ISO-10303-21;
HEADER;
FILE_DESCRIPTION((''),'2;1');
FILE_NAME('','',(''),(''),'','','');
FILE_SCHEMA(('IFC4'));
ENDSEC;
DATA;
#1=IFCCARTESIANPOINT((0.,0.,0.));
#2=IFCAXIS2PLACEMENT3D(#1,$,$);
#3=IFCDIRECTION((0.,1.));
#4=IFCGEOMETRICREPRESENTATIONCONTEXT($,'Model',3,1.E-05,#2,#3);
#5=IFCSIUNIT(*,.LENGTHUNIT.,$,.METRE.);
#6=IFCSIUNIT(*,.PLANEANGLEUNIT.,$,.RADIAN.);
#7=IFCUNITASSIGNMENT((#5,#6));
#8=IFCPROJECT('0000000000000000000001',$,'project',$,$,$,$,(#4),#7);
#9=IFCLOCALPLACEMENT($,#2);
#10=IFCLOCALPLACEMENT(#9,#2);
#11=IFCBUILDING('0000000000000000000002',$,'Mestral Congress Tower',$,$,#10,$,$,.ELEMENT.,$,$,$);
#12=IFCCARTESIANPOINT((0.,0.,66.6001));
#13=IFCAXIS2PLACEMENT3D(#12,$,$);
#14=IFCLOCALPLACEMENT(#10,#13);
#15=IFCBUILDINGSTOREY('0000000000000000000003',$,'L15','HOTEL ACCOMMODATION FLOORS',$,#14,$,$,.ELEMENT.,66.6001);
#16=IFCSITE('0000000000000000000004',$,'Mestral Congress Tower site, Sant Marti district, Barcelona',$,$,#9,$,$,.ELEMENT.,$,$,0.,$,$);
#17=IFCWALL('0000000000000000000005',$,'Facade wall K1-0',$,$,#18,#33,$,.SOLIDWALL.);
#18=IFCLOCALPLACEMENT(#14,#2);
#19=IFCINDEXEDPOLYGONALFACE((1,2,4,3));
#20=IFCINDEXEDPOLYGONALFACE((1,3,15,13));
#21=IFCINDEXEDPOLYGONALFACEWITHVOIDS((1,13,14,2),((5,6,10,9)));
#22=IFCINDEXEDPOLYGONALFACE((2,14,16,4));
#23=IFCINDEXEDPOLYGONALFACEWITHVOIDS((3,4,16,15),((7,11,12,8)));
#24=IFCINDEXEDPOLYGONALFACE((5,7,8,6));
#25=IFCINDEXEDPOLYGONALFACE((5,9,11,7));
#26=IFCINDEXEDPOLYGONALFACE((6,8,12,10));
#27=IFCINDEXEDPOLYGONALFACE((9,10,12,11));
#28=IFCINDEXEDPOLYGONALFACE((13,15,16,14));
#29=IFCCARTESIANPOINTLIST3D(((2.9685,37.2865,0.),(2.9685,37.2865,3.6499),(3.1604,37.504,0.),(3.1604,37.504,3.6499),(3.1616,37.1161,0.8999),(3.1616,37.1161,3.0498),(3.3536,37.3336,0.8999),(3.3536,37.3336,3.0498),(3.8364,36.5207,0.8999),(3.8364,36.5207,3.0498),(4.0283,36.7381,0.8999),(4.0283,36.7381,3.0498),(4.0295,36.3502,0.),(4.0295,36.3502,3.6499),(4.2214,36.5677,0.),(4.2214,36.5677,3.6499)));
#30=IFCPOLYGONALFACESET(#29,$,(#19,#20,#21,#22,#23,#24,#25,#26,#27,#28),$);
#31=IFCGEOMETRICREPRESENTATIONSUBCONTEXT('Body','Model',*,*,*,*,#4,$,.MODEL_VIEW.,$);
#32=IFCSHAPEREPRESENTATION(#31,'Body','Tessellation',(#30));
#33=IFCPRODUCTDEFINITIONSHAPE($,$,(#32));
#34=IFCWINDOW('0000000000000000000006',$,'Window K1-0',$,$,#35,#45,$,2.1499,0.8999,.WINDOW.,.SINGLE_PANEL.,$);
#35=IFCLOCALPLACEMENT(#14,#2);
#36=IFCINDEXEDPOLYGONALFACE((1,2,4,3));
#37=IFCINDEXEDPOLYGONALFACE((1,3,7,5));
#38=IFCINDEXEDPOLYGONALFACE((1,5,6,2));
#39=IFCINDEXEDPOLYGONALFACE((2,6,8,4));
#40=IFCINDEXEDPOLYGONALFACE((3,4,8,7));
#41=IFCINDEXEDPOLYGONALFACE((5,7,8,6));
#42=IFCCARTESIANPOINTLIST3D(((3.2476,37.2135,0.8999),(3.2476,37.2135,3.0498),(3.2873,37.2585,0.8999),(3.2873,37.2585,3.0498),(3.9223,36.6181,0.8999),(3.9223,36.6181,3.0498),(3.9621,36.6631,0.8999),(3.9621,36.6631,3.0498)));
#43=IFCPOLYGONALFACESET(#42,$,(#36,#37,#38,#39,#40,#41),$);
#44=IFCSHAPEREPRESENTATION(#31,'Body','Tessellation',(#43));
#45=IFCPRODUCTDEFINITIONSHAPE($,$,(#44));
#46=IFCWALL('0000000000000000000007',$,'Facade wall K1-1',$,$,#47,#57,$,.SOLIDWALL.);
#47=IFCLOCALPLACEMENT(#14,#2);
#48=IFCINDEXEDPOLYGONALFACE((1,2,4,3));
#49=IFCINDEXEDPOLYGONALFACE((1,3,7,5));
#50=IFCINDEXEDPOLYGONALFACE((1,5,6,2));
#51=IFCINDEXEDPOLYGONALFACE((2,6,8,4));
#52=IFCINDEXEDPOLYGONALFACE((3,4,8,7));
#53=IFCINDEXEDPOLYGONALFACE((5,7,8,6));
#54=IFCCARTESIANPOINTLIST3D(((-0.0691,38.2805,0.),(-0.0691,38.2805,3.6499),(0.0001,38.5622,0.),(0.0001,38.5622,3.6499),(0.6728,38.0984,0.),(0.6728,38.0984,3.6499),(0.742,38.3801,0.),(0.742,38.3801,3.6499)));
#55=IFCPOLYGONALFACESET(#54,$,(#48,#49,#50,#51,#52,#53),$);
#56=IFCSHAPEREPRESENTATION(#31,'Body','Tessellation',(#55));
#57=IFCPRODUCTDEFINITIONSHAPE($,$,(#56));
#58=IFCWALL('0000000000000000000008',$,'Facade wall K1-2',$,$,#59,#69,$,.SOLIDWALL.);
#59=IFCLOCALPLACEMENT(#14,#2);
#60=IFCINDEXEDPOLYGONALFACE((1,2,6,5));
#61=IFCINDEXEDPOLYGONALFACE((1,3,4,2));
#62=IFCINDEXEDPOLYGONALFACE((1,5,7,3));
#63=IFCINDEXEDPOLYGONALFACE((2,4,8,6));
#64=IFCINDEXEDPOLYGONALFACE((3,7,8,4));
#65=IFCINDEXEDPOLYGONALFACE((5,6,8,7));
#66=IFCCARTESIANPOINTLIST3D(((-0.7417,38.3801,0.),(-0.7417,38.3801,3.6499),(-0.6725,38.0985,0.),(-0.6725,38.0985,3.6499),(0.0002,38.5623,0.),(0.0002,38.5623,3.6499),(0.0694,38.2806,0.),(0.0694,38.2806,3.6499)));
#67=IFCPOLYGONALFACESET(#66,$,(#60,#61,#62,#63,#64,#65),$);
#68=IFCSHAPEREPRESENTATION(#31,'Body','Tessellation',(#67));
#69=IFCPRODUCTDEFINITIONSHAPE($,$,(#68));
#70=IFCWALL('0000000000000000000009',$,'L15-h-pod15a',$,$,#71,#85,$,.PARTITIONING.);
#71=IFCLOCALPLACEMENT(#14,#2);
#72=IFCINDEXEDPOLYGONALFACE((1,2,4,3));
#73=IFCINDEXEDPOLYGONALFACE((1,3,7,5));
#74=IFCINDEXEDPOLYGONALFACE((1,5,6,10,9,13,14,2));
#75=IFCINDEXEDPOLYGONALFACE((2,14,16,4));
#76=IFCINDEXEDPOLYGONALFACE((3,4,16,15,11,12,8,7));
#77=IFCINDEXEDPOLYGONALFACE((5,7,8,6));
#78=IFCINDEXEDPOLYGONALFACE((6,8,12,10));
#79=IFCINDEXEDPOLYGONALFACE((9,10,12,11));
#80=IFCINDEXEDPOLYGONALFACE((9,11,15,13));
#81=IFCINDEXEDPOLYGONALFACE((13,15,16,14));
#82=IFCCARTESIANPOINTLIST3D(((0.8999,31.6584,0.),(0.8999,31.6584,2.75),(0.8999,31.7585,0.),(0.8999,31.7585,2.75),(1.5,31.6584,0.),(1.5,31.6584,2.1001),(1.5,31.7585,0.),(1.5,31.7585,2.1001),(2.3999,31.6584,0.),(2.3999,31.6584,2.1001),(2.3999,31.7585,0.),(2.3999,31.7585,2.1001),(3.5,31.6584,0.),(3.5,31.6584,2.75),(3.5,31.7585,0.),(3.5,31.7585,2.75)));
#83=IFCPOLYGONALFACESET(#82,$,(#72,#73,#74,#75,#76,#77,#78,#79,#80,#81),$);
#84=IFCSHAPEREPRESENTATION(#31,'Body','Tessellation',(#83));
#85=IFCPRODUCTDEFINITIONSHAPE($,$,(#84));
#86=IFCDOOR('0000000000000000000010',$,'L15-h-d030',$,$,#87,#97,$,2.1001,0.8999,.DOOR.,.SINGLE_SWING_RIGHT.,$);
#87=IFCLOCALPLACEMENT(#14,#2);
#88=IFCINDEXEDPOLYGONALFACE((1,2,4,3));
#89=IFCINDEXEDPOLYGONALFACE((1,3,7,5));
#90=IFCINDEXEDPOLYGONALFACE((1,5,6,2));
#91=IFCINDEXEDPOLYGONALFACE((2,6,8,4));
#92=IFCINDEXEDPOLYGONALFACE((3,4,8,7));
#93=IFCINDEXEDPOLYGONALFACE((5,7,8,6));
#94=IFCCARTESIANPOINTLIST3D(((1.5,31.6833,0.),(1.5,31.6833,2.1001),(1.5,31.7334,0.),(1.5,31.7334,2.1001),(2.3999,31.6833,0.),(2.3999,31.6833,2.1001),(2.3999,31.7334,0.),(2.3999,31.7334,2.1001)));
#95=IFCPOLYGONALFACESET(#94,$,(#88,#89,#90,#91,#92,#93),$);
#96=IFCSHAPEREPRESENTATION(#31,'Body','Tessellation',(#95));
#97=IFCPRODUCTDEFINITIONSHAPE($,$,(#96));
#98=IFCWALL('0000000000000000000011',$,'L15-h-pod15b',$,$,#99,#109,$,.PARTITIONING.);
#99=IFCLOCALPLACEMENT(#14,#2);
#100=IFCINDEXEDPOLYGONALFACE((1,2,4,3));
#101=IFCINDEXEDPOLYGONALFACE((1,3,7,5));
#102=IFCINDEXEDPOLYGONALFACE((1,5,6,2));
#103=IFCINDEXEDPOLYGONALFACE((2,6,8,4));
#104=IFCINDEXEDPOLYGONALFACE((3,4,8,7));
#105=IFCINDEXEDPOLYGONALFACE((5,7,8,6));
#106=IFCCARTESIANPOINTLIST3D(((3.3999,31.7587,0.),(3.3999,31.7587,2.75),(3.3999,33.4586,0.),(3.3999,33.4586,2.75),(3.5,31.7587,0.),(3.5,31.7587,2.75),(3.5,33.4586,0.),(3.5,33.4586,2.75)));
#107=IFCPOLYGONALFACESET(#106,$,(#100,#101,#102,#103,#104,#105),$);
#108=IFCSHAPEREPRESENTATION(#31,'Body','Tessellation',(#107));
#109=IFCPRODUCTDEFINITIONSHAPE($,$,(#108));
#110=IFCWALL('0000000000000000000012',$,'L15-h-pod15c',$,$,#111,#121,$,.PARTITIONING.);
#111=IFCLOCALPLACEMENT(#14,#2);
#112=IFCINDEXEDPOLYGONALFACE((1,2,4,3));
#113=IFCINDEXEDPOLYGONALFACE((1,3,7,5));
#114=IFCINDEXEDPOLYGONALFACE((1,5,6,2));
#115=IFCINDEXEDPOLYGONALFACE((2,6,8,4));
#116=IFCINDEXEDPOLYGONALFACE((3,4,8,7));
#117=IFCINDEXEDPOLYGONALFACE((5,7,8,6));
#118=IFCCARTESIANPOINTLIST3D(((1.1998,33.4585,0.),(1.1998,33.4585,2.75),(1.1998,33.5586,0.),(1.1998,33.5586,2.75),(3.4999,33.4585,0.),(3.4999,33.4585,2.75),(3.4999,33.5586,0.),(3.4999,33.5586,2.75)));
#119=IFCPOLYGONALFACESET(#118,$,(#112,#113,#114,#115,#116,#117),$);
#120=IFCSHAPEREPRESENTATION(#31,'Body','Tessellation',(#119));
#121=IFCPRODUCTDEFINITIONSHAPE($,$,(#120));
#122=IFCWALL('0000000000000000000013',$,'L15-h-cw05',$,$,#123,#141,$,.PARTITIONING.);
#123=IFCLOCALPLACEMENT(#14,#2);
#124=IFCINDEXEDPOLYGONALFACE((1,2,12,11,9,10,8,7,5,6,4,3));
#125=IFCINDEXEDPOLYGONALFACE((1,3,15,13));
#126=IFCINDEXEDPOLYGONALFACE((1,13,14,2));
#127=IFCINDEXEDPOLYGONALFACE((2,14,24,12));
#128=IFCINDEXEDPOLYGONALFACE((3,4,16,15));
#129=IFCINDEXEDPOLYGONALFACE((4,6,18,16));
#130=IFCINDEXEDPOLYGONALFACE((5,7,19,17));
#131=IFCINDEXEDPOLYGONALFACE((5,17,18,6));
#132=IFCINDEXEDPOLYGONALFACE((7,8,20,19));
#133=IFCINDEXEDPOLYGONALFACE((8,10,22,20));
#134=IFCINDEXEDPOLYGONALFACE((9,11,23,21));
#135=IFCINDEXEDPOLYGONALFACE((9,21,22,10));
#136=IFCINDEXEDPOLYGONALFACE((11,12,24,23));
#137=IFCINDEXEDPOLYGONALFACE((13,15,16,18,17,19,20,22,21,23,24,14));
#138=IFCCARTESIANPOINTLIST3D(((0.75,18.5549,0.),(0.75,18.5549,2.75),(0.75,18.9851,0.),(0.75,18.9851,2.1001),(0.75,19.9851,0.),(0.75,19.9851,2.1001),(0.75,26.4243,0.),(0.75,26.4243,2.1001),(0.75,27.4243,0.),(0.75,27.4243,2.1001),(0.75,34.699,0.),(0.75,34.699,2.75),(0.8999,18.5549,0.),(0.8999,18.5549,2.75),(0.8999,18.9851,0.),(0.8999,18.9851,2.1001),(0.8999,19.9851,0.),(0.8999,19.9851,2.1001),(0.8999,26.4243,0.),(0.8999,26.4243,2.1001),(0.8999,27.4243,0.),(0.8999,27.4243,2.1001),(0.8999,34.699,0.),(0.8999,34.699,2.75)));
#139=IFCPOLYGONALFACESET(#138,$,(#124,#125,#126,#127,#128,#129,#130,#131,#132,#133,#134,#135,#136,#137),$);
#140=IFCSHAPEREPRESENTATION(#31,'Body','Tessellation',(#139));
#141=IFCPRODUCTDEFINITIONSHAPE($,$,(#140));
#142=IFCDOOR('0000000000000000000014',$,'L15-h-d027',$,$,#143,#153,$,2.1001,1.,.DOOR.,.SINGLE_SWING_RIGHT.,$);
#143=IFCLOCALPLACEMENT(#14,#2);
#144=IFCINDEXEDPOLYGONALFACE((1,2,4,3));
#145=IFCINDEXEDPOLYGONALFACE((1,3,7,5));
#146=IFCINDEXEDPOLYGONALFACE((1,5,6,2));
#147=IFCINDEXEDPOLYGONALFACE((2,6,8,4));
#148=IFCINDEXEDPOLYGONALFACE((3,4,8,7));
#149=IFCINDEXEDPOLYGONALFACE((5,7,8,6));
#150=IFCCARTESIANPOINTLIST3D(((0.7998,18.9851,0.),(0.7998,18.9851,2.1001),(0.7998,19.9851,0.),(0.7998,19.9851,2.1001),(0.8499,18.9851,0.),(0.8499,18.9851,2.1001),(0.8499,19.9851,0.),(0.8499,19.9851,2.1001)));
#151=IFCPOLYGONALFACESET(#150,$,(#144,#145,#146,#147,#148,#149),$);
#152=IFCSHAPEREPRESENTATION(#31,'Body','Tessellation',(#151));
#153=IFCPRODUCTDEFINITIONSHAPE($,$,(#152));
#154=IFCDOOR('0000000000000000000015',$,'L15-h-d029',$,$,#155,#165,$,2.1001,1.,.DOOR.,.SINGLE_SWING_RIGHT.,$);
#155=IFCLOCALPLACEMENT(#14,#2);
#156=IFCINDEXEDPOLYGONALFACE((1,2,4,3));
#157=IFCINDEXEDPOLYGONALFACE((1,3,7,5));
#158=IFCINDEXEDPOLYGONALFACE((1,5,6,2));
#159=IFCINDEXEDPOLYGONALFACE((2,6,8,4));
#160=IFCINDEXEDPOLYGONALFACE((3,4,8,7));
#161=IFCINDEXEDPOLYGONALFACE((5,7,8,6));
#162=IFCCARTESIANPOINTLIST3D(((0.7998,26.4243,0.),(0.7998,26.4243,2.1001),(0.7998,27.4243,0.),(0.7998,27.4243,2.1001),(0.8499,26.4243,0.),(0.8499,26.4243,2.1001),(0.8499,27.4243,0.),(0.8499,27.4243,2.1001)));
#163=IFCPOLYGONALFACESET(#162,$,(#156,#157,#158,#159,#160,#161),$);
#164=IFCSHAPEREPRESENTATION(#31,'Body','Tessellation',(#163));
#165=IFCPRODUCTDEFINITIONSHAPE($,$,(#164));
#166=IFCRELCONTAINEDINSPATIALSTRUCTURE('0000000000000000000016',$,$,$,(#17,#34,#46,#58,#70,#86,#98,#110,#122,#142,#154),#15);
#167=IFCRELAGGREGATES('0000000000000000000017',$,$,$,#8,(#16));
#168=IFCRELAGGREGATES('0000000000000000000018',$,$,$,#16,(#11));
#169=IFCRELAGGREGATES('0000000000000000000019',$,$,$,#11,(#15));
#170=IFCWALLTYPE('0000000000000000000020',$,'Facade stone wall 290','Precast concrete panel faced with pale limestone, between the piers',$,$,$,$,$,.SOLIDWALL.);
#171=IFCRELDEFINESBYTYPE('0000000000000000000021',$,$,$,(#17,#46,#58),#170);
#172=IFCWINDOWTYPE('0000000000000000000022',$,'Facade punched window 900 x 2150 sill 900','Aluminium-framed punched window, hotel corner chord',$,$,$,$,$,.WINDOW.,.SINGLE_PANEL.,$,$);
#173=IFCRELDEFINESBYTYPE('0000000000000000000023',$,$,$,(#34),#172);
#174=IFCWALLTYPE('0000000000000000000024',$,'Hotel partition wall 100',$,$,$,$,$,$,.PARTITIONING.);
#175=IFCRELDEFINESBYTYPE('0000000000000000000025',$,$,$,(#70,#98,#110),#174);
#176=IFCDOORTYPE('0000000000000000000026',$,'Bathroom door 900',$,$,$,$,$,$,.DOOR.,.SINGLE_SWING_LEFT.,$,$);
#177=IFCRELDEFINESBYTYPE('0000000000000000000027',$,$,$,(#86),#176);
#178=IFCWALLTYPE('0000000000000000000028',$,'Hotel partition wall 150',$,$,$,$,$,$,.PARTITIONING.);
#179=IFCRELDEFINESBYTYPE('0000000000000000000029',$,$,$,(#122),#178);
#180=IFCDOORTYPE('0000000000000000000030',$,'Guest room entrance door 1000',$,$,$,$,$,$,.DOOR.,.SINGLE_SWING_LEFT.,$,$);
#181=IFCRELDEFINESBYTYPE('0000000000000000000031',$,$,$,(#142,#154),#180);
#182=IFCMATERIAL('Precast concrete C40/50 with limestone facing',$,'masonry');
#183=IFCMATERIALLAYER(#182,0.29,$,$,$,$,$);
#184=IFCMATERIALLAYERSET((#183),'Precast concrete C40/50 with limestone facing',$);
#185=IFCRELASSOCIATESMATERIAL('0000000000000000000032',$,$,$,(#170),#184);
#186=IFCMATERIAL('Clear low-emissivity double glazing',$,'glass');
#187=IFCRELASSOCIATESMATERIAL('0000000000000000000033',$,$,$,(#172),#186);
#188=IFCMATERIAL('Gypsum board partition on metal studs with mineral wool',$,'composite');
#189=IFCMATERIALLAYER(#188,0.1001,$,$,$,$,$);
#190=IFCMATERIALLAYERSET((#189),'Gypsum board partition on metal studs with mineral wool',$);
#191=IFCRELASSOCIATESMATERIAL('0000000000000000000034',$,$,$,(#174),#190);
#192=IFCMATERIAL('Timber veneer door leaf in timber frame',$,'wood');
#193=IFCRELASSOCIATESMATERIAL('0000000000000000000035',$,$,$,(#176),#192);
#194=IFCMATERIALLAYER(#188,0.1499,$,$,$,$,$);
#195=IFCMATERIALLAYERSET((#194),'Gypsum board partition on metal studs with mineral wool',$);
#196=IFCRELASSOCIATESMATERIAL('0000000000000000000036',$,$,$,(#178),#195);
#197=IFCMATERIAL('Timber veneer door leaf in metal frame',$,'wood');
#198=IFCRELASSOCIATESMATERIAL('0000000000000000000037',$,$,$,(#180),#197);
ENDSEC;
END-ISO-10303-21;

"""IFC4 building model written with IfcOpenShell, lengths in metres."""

from ifc_helpers import new_model, si_unit, direction, frame, frame_2d, origin, place, context, subcontext, project, spatial, rectangle, extrude, material, layer, layer_set, type_object, element, fill, save


model = new_model("IFC4")

# Units and contexts
model_context = context("Model", 3, precision=1e-05, world=origin(), true_north=direction((0.0, 1.0)))
body_context = subcontext(model_context, "Body", "Model", "MODEL_VIEW")
ifc_project = project(units=[si_unit("LENGTHUNIT", "METRE"), si_unit("PLANEANGLEUNIT", "RADIAN")], contexts=[model_context])

# Site, building, storey
site_placement = place(None, origin())
site = spatial("IfcSite", under=ifc_project, at=site_placement, Name="Mestral Congress Tower site, Sant Marti district, Barcelona", CompositionType="ELEMENT", RefElevation=0.0)
building_placement = place(site_placement, origin())
building = spatial("IfcBuilding", under=site, at=building_placement, Name="Mestral Congress Tower", CompositionType="ELEMENT")
storey_placement = place(building_placement, frame((0.0, 0.0, 66.6001)))
storey = spatial("IfcBuildingStorey", under=building, at=storey_placement, Name="L15", Description="HOTEL ACCOMMODATION FLOORS", CompositionType="ELEMENT", Elevation=66.6001)

# Wall, opening, window
ifc_material_1 = material(Name="Precast concrete C40/50 with limestone facing", Category="masonry")
ifc_layer_1 = layer(ifc_material_1, 0.29)
ifc_layer_set_1 = layer_set([ifc_layer_1], Name="Precast concrete C40/50 with limestone facing")
wall_type_1 = type_object("IfcWallType", Name="Facade stone wall 290", Description="Precast concrete panel faced with pale limestone, between the piers", PredefinedType="SOLIDWALL", material=ifc_layer_set_1)
wall_1_placement = place(storey_placement, frame((4.1255, 36.459, 0.0), z_axis=(0.0, 0.0, 1.0), x_axis=(-0.749813, 0.66165, 0.0)))
wall_1 = element("IfcWall", 1, at=wall_1_placement, inside=storey, type_object=wall_type_1, Name="Facade wall K1-0", PredefinedType="SOLIDWALL", context=body_context, shape_type="SweptSolid", body=[
    extrude(rectangle(XDim=1.415, YDim=0.29, at=frame_2d((0.7075, 0.0))), origin(), (0.0, 0.0, 1.0), 3.6499),
])
opening_1_placement = place(wall_1_placement, frame((0.2576, 0.0, 0.8999)))
opening_1 = element("IfcOpeningElement", 2, at=opening_1_placement, cuts=wall_1, PredefinedType="OPENING", context=body_context, shape_type="SweptSolid", body=[
    extrude(rectangle(XDim=0.8999, YDim=2.1499, at=frame_2d((0.45, 1.075))), frame((0.0, 0.155, 0.0), z_axis=(0.0, -1.0, 0.0), x_axis=(1.0, 0.0, 0.0)), (0.0, 0.0, 1.0), 0.3101),
])
ifc_material_2 = material(Name="Clear low-emissivity double glazing", Category="glass")
window_type = type_object("IfcWindowType", Name="Facade punched window 900 x 2150 sill 900", Description="Aluminium-framed punched window, hotel corner chord", PartitioningType="SINGLE_PANEL", PredefinedType="WINDOW", material=ifc_material_2)
window_placement = place(opening_1_placement, origin())
window = element("IfcWindow", 3, at=window_placement, inside=storey, type_object=window_type, Name="Window K1-0", OverallHeight=2.1499, OverallWidth=0.8999, PartitioningType="SINGLE_PANEL", PredefinedType="WINDOW", context=body_context, shape_type="SweptSolid", body=[
    extrude(rectangle(XDim=0.8999, YDim=2.1499, at=frame_2d((0.45, 1.075))), frame((0.0, 0.0151, 0.0), z_axis=(0.0, -1.0, 0.0), x_axis=(1.0, 0.0, 0.0)), (0.0, 0.0, 1.0), 0.0601),
])
fill(opening_1, window)

# Walls
for number, where, z_axis, x_axis, name in (
    (4, (0.7073, 38.2393, 0.0), (0.0, 0.0, 1.0), (-0.971168, 0.238398, 0.0), "Facade wall K1-1"),
    (5, (0.0347, 38.4214, 0.0), (0.0, 0.0, 1.0), (-0.971168, -0.238398, 0.0), "Facade wall K1-2"),
):
    element("IfcWall", number, at=place(storey_placement, frame(where, z_axis=z_axis, x_axis=x_axis)), inside=storey, type_object=wall_type_1, Name=name, PredefinedType="SOLIDWALL", context=body_context, shape_type="SweptSolid", body=[
        extrude(rectangle(XDim=0.7639, YDim=0.29, at=frame_2d((0.3818, 0.0))), origin(), (0.0, 0.0, 1.0), 3.6499),
    ])

# Wall, opening, door
ifc_material_3 = material(Name="Gypsum board partition on metal studs with mineral wool", Category="composite")
ifc_layer_2 = layer(ifc_material_3, 0.1001)
ifc_layer_set_2 = layer_set([ifc_layer_2], Name="Gypsum board partition on metal studs with mineral wool")
wall_type_2 = type_object("IfcWallType", Name="Hotel partition wall 100", PredefinedType="PARTITIONING", material=ifc_layer_set_2)
wall_2_placement = place(storey_placement, frame((0.8999, 31.7085, 0.0), z_axis=(0.0, 0.0, 1.0), x_axis=(1.0, 0.0, 0.0)))
wall_2 = element("IfcWall", 6, at=wall_2_placement, inside=storey, type_object=wall_type_2, Name="L15-h-pod15a", PredefinedType="PARTITIONING", context=body_context, shape_type="SweptSolid", body=[
    extrude(rectangle(XDim=2.6001, YDim=0.1001, at=frame_2d((1.3, 0.0))), origin(), (0.0, 0.0, 1.0), 2.75),
])
opening_2_placement = place(wall_2_placement, frame((0.6001, 0.0, 0.0)))
opening_2 = element("IfcOpeningElement", 7, at=opening_2_placement, cuts=wall_2, PredefinedType="OPENING", context=body_context, shape_type="SweptSolid", body=[
    extrude(rectangle(XDim=0.8999, YDim=2.1001, at=frame_2d((0.45, 1.05))), frame((0.0, 0.0601, 0.0), z_axis=(0.0, -1.0, 0.0), x_axis=(1.0, 0.0, 0.0)), (0.0, 0.0, 1.0), 0.1201),
])
ifc_material_4 = material(Name="Timber veneer door leaf in timber frame", Category="wood")
door_type_1 = type_object("IfcDoorType", Name="Bathroom door 900", OperationType="SINGLE_SWING_LEFT", PredefinedType="DOOR", material=ifc_material_4)
door_1_placement = place(opening_2_placement, origin())
door_1 = element("IfcDoor", 8, at=door_1_placement, inside=storey, type_object=door_type_1, Name="L15-h-d030", OperationType="SINGLE_SWING_RIGHT", OverallHeight=2.1001, OverallWidth=0.8999, PredefinedType="DOOR", context=body_context, shape_type="SweptSolid", body=[
    extrude(rectangle(XDim=0.8999, YDim=2.1001, at=frame_2d((0.45, 1.05))), frame((0.0, 0.0249, 0.0), z_axis=(0.0, -1.0, 0.0), x_axis=(1.0, 0.0, 0.0)), (0.0, 0.0, 1.0), 0.05),
])
fill(opening_2, door_1)

# Walls
wall_3_placement = place(storey_placement, frame((3.45, 31.7585, 0.0), z_axis=(0.0, 0.0, 1.0), x_axis=(0.0, 1.0, 0.0)))
element("IfcWall", 9, at=wall_3_placement, inside=storey, type_object=wall_type_2, Name="L15-h-pod15b", PredefinedType="PARTITIONING", context=body_context, shape_type="SweptSolid", body=[
    extrude(rectangle(XDim=1.7, YDim=0.1001, at=frame_2d((0.8501, 0.0))), origin(), (0.0, 0.0, 1.0), 2.75),
])
wall_4_placement = place(storey_placement, frame((1.2, 33.5085, 0.0), z_axis=(0.0, 0.0, 1.0), x_axis=(1.0, 0.0, 0.0)))
element("IfcWall", 10, at=wall_4_placement, inside=storey, type_object=wall_type_2, Name="L15-h-pod15c", PredefinedType="PARTITIONING", context=body_context, shape_type="SweptSolid", body=[
    extrude(rectangle(XDim=2.3, YDim=0.1001, at=frame_2d((1.1499, 0.0))), origin(), (0.0, 0.0, 1.0), 2.75),
])

# Wall, openings, doors
ifc_layer_3 = layer(ifc_material_3, 0.1499)
ifc_layer_set_3 = layer_set([ifc_layer_3], Name="Gypsum board partition on metal studs with mineral wool")
wall_type_3 = type_object("IfcWallType", Name="Hotel partition wall 150", PredefinedType="PARTITIONING", material=ifc_layer_set_3)
wall_5_placement = place(storey_placement, frame((0.825, 34.699, 0.0), z_axis=(0.0, 0.0, 1.0), x_axis=(0.0, -1.0, 0.0)))
wall_5 = element("IfcWall", 11, at=wall_5_placement, inside=storey, type_object=wall_type_3, Name="L15-h-cw05", PredefinedType="PARTITIONING", context=body_context, shape_type="SweptSolid", body=[
    extrude(rectangle(XDim=16.144, YDim=0.1499, at=frame_2d((8.072, 0.0))), origin(), (0.0, 0.0, 1.0), 2.75),
])
opening_3_placement = place(wall_5_placement, frame((14.7139, 0.0, 0.0)))
opening_3 = element("IfcOpeningElement", 12, at=opening_3_placement, cuts=wall_5, PredefinedType="OPENING", context=body_context, shape_type="SweptSolid", body=[
    extrude(rectangle(XDim=1.0, YDim=2.1001, at=frame_2d((0.5, 1.05))), frame((0.0, 0.085, 0.0), z_axis=(0.0, -1.0, 0.0), x_axis=(1.0, 0.0, 0.0)), (0.0, 0.0, 1.0), 0.1699),
])
opening_4_placement = place(wall_5_placement, frame((7.2747, 0.0, 0.0)))
opening_4 = element("IfcOpeningElement", 13, at=opening_4_placement, cuts=wall_5, PredefinedType="OPENING", context=body_context, shape_type="SweptSolid", body=[
    extrude(rectangle(XDim=1.0, YDim=2.1001, at=frame_2d((0.5, 1.05))), frame((0.0, 0.085, 0.0), z_axis=(0.0, -1.0, 0.0), x_axis=(1.0, 0.0, 0.0)), (0.0, 0.0, 1.0), 0.1699),
])
ifc_material_5 = material(Name="Timber veneer door leaf in metal frame", Category="wood")
door_type_2 = type_object("IfcDoorType", Name="Guest room entrance door 1000", OperationType="SINGLE_SWING_LEFT", PredefinedType="DOOR", material=ifc_material_5)
door_2_placement = place(opening_3_placement, origin())
door_2 = element("IfcDoor", 14, at=door_2_placement, inside=storey, type_object=door_type_2, Name="L15-h-d027", OperationType="SINGLE_SWING_RIGHT", OverallHeight=2.1001, OverallWidth=1.0, PredefinedType="DOOR", context=body_context, shape_type="SweptSolid", body=[
    extrude(rectangle(XDim=1.0, YDim=2.1001, at=frame_2d((0.5, 1.05))), frame((0.0, 0.0249, 0.0), z_axis=(0.0, -1.0, 0.0), x_axis=(1.0, 0.0, 0.0)), (0.0, 0.0, 1.0), 0.05),
])
fill(opening_3, door_2)
door_3_placement = place(opening_4_placement, origin())
door_3 = element("IfcDoor", 15, at=door_3_placement, inside=storey, type_object=door_type_2, Name="L15-h-d029", OperationType="SINGLE_SWING_RIGHT", OverallHeight=2.1001, OverallWidth=1.0, PredefinedType="DOOR", context=body_context, shape_type="SweptSolid", body=[
    extrude(rectangle(XDim=1.0, YDim=2.1001, at=frame_2d((0.5, 1.05))), frame((0.0, 0.0249, 0.0), z_axis=(0.0, -1.0, 0.0), x_axis=(1.0, 0.0, 0.0)), (0.0, 0.0, 1.0), 0.05),
])
fill(opening_4, door_3)

save(model, "model.ifc")
